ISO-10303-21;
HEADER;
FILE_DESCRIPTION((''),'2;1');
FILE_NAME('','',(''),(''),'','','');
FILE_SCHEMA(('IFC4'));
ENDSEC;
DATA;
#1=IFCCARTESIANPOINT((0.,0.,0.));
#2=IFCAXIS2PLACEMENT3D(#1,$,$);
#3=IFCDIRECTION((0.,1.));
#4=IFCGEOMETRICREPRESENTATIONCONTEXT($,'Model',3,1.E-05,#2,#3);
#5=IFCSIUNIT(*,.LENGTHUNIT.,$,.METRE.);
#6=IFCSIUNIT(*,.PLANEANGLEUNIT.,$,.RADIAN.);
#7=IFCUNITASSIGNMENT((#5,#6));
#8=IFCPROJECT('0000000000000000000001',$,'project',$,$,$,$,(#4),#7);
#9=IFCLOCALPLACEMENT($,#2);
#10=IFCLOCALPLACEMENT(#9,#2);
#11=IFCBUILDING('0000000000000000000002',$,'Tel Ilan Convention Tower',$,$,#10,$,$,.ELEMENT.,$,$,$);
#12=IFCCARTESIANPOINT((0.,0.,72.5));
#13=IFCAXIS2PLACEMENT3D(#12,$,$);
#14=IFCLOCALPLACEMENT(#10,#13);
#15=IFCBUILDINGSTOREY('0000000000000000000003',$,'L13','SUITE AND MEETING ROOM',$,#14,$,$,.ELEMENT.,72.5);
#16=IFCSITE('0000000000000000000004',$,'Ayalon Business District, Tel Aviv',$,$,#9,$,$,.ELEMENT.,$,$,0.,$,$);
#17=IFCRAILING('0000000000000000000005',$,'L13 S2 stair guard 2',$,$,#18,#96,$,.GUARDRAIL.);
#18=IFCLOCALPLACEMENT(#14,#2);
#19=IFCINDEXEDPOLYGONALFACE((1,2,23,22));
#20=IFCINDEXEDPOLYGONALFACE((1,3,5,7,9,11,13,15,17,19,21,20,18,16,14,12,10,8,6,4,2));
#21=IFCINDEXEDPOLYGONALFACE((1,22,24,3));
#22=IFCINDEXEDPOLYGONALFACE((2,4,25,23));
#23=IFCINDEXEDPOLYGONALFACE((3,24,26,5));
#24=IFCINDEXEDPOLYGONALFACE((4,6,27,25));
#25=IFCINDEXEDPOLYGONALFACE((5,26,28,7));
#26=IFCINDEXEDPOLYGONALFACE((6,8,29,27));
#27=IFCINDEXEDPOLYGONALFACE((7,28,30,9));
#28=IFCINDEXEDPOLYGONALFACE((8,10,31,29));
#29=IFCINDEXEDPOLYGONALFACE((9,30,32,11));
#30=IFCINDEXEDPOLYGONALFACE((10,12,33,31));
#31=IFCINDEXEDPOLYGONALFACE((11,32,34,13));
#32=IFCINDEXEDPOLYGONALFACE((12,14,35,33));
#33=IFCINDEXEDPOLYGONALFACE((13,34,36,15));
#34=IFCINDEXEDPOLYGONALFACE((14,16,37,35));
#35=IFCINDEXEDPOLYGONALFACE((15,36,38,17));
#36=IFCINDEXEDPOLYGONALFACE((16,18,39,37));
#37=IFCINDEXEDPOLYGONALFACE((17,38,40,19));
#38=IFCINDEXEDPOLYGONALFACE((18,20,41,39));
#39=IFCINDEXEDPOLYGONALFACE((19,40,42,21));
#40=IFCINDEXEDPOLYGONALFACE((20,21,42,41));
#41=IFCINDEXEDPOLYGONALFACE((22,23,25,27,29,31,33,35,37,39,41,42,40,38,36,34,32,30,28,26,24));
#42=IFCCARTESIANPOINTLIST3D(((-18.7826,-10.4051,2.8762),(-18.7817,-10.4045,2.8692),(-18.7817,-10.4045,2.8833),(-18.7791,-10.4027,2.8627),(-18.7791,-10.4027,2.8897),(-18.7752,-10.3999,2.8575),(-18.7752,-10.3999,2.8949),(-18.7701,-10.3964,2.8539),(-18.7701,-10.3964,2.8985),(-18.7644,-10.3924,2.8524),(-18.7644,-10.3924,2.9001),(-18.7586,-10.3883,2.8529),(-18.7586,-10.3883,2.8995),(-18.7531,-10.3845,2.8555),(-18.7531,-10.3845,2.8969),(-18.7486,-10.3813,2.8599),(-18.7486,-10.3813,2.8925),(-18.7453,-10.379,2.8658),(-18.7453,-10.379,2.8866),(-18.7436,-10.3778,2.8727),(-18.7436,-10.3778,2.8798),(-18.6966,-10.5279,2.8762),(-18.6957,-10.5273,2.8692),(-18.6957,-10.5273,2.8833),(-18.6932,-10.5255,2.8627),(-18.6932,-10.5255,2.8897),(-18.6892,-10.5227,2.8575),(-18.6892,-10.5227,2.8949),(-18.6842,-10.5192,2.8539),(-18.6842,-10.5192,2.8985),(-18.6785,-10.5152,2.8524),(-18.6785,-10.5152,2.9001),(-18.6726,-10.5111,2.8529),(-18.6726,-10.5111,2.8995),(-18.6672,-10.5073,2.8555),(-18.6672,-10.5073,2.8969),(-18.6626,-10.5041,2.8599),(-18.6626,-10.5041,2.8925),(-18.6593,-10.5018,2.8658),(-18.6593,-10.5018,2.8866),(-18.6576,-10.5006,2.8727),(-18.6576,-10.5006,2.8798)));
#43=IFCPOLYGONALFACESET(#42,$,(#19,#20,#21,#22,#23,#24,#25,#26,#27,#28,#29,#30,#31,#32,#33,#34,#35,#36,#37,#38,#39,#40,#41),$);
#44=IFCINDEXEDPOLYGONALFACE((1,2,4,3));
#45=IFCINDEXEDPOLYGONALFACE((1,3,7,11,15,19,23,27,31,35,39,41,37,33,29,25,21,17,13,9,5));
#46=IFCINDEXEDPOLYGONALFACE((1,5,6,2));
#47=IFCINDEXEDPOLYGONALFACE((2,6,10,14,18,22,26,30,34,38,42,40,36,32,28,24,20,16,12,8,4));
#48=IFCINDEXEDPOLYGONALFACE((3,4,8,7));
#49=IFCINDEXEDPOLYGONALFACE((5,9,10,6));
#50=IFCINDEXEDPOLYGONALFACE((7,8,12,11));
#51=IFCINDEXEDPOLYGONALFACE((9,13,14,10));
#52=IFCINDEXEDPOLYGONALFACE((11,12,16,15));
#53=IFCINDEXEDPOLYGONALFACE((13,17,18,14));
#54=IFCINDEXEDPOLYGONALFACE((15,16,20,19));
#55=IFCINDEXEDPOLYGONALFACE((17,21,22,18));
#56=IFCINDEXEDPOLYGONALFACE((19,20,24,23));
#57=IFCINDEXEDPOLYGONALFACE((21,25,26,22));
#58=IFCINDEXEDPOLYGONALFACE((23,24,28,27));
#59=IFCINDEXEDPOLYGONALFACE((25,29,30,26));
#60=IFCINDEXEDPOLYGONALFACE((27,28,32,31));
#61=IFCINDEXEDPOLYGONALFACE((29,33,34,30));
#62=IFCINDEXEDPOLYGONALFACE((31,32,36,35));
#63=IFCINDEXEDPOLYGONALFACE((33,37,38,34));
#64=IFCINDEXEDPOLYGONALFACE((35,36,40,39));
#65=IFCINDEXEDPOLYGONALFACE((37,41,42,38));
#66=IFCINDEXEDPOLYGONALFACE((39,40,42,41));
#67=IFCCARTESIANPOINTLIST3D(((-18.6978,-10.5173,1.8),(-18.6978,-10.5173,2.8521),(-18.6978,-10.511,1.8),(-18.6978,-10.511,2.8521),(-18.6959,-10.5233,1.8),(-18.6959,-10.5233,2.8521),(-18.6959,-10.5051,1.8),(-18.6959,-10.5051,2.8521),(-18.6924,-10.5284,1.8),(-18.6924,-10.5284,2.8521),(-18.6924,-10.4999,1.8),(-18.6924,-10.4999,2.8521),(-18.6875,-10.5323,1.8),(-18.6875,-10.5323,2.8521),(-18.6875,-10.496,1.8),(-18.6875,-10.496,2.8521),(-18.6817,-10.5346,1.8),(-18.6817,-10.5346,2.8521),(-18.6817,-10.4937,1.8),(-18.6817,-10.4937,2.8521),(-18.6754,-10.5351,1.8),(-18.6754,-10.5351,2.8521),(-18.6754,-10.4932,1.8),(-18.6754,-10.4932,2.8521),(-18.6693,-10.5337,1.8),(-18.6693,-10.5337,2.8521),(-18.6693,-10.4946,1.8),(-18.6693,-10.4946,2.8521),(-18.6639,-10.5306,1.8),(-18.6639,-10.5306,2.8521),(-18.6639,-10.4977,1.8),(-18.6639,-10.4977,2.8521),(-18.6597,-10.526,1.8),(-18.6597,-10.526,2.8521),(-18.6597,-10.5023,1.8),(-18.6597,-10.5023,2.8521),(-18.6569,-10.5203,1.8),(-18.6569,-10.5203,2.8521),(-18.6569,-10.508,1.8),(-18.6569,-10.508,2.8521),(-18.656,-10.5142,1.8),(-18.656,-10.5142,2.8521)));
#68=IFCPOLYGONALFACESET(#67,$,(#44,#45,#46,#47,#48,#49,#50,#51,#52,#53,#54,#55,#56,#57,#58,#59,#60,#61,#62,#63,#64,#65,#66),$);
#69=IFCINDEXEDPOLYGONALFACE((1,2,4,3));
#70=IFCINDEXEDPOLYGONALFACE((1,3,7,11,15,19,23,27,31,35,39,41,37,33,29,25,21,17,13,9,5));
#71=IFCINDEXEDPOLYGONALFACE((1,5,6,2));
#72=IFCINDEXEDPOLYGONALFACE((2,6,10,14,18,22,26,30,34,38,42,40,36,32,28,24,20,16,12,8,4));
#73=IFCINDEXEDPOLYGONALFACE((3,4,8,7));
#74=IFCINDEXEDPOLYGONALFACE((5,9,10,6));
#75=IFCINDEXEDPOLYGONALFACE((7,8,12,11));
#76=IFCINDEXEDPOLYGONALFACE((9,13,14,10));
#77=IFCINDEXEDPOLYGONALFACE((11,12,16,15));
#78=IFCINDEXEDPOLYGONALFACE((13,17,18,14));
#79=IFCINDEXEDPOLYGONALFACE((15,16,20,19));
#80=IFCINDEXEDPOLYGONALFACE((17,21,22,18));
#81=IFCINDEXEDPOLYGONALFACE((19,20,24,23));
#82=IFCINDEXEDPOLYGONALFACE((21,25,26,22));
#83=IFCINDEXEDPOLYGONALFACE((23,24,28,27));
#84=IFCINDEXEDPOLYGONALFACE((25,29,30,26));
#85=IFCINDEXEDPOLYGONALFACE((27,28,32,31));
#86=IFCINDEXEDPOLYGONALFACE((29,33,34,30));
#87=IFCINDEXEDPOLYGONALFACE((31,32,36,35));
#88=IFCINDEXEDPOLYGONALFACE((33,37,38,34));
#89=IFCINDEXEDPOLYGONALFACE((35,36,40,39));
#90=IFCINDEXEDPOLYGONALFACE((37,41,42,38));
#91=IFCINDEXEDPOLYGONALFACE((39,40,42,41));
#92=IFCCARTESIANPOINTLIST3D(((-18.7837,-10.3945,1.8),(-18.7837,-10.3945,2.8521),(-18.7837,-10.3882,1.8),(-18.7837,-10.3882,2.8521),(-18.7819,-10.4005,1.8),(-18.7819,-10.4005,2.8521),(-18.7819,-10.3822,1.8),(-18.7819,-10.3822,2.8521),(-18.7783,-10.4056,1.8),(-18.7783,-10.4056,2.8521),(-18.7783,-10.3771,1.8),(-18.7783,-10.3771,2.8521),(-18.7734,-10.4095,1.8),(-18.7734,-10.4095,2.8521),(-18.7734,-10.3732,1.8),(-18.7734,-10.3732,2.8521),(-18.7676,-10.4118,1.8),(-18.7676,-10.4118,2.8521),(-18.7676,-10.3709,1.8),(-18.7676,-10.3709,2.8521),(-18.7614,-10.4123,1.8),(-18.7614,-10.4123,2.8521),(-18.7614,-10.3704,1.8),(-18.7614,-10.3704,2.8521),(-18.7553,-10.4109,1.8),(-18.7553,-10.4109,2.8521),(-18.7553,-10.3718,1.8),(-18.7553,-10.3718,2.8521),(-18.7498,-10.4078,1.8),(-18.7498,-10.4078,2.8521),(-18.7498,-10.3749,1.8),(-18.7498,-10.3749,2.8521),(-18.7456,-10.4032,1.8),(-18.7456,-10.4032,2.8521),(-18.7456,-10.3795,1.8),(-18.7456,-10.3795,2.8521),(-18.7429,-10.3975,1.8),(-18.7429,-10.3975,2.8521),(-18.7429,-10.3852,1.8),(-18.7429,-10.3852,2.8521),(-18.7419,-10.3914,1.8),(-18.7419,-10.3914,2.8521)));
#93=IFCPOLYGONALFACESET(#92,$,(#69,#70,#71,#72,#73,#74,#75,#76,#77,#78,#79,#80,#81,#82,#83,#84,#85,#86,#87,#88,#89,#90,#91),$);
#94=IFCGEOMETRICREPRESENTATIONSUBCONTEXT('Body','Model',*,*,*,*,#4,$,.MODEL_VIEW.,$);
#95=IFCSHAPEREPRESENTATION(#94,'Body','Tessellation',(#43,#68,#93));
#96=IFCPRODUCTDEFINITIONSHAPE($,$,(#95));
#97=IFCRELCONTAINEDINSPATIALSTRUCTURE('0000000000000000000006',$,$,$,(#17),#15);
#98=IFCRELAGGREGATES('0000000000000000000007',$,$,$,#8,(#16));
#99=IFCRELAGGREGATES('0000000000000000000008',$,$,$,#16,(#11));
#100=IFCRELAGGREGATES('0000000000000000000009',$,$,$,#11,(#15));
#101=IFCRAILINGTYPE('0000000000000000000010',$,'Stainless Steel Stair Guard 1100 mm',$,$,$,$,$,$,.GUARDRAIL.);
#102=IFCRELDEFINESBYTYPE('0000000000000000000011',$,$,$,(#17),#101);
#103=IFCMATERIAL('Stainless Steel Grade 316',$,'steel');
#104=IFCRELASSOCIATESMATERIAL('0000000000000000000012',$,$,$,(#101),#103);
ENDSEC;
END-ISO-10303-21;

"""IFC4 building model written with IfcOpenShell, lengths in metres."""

from ifc_helpers import new_model, si_unit, direction, frame, origin, origin_2d, place, context, subcontext, project, spatial, circle, extrude, material, type_object, element, save


model = new_model("IFC4")

# Units and contexts
model_context = context("Model", 3, precision=1e-05, world=origin(), true_north=direction((0.0, 1.0)))
body_context = subcontext(model_context, "Body", "Model", "MODEL_VIEW")
ifc_project = project(units=[si_unit("LENGTHUNIT", "METRE"), si_unit("PLANEANGLEUNIT", "RADIAN")], contexts=[model_context])

# Site, building, storey
site_placement = place(None, origin())
site = spatial("IfcSite", under=ifc_project, at=site_placement, Name="Ayalon Business District, Tel Aviv", CompositionType="ELEMENT", RefElevation=0.0)
building_placement = place(site_placement, origin())
building = spatial("IfcBuilding", under=site, at=building_placement, Name="Tel Ilan Convention Tower", CompositionType="ELEMENT")
storey_placement = place(building_placement, frame((0.0, 0.0, 72.5)))
storey = spatial("IfcBuildingStorey", under=building, at=storey_placement, Name="L13", Description="SUITE AND MEETING ROOM", CompositionType="ELEMENT", Elevation=72.5)

# Railing
ifc_material_1 = material(Name="Stainless Steel Grade 316", Category="steel")
railing_type_1 = type_object("IfcRailingType", Name="Stainless Steel Stair Guard 1100 mm", PredefinedType="GUARDRAIL", material=ifc_material_1)
railing_1_placement = place(storey_placement, frame((-18.677, -10.5142, 1.8)))
element("IfcRailing", 1, at=railing_1_placement, inside=storey, type_object=railing_type_1, Name="L13 S2 stair guard 2", PredefinedType="GUARDRAIL", context=body_context, shape_type="SweptSolid", body=[
    extrude(circle(Radius=0.0239, at=origin_2d()), frame((0.0, 0.0, 1.0762), z_axis=(-0.573353, 0.819308, 0.0), x_axis=(-0.819308, -0.573353, 0.0)), (0.0, 0.0, 1.0), 0.1499),
    extrude(circle(Radius=0.021, at=origin_2d()), origin(), (0.0, 0.0, 1.0), 1.052),
    extrude(circle(Radius=0.021, at=origin_2d()), frame((-0.0859, 0.1228, 0.0)), (0.0, 0.0, 1.0), 1.052),
])

save(model, "model.ifc")
